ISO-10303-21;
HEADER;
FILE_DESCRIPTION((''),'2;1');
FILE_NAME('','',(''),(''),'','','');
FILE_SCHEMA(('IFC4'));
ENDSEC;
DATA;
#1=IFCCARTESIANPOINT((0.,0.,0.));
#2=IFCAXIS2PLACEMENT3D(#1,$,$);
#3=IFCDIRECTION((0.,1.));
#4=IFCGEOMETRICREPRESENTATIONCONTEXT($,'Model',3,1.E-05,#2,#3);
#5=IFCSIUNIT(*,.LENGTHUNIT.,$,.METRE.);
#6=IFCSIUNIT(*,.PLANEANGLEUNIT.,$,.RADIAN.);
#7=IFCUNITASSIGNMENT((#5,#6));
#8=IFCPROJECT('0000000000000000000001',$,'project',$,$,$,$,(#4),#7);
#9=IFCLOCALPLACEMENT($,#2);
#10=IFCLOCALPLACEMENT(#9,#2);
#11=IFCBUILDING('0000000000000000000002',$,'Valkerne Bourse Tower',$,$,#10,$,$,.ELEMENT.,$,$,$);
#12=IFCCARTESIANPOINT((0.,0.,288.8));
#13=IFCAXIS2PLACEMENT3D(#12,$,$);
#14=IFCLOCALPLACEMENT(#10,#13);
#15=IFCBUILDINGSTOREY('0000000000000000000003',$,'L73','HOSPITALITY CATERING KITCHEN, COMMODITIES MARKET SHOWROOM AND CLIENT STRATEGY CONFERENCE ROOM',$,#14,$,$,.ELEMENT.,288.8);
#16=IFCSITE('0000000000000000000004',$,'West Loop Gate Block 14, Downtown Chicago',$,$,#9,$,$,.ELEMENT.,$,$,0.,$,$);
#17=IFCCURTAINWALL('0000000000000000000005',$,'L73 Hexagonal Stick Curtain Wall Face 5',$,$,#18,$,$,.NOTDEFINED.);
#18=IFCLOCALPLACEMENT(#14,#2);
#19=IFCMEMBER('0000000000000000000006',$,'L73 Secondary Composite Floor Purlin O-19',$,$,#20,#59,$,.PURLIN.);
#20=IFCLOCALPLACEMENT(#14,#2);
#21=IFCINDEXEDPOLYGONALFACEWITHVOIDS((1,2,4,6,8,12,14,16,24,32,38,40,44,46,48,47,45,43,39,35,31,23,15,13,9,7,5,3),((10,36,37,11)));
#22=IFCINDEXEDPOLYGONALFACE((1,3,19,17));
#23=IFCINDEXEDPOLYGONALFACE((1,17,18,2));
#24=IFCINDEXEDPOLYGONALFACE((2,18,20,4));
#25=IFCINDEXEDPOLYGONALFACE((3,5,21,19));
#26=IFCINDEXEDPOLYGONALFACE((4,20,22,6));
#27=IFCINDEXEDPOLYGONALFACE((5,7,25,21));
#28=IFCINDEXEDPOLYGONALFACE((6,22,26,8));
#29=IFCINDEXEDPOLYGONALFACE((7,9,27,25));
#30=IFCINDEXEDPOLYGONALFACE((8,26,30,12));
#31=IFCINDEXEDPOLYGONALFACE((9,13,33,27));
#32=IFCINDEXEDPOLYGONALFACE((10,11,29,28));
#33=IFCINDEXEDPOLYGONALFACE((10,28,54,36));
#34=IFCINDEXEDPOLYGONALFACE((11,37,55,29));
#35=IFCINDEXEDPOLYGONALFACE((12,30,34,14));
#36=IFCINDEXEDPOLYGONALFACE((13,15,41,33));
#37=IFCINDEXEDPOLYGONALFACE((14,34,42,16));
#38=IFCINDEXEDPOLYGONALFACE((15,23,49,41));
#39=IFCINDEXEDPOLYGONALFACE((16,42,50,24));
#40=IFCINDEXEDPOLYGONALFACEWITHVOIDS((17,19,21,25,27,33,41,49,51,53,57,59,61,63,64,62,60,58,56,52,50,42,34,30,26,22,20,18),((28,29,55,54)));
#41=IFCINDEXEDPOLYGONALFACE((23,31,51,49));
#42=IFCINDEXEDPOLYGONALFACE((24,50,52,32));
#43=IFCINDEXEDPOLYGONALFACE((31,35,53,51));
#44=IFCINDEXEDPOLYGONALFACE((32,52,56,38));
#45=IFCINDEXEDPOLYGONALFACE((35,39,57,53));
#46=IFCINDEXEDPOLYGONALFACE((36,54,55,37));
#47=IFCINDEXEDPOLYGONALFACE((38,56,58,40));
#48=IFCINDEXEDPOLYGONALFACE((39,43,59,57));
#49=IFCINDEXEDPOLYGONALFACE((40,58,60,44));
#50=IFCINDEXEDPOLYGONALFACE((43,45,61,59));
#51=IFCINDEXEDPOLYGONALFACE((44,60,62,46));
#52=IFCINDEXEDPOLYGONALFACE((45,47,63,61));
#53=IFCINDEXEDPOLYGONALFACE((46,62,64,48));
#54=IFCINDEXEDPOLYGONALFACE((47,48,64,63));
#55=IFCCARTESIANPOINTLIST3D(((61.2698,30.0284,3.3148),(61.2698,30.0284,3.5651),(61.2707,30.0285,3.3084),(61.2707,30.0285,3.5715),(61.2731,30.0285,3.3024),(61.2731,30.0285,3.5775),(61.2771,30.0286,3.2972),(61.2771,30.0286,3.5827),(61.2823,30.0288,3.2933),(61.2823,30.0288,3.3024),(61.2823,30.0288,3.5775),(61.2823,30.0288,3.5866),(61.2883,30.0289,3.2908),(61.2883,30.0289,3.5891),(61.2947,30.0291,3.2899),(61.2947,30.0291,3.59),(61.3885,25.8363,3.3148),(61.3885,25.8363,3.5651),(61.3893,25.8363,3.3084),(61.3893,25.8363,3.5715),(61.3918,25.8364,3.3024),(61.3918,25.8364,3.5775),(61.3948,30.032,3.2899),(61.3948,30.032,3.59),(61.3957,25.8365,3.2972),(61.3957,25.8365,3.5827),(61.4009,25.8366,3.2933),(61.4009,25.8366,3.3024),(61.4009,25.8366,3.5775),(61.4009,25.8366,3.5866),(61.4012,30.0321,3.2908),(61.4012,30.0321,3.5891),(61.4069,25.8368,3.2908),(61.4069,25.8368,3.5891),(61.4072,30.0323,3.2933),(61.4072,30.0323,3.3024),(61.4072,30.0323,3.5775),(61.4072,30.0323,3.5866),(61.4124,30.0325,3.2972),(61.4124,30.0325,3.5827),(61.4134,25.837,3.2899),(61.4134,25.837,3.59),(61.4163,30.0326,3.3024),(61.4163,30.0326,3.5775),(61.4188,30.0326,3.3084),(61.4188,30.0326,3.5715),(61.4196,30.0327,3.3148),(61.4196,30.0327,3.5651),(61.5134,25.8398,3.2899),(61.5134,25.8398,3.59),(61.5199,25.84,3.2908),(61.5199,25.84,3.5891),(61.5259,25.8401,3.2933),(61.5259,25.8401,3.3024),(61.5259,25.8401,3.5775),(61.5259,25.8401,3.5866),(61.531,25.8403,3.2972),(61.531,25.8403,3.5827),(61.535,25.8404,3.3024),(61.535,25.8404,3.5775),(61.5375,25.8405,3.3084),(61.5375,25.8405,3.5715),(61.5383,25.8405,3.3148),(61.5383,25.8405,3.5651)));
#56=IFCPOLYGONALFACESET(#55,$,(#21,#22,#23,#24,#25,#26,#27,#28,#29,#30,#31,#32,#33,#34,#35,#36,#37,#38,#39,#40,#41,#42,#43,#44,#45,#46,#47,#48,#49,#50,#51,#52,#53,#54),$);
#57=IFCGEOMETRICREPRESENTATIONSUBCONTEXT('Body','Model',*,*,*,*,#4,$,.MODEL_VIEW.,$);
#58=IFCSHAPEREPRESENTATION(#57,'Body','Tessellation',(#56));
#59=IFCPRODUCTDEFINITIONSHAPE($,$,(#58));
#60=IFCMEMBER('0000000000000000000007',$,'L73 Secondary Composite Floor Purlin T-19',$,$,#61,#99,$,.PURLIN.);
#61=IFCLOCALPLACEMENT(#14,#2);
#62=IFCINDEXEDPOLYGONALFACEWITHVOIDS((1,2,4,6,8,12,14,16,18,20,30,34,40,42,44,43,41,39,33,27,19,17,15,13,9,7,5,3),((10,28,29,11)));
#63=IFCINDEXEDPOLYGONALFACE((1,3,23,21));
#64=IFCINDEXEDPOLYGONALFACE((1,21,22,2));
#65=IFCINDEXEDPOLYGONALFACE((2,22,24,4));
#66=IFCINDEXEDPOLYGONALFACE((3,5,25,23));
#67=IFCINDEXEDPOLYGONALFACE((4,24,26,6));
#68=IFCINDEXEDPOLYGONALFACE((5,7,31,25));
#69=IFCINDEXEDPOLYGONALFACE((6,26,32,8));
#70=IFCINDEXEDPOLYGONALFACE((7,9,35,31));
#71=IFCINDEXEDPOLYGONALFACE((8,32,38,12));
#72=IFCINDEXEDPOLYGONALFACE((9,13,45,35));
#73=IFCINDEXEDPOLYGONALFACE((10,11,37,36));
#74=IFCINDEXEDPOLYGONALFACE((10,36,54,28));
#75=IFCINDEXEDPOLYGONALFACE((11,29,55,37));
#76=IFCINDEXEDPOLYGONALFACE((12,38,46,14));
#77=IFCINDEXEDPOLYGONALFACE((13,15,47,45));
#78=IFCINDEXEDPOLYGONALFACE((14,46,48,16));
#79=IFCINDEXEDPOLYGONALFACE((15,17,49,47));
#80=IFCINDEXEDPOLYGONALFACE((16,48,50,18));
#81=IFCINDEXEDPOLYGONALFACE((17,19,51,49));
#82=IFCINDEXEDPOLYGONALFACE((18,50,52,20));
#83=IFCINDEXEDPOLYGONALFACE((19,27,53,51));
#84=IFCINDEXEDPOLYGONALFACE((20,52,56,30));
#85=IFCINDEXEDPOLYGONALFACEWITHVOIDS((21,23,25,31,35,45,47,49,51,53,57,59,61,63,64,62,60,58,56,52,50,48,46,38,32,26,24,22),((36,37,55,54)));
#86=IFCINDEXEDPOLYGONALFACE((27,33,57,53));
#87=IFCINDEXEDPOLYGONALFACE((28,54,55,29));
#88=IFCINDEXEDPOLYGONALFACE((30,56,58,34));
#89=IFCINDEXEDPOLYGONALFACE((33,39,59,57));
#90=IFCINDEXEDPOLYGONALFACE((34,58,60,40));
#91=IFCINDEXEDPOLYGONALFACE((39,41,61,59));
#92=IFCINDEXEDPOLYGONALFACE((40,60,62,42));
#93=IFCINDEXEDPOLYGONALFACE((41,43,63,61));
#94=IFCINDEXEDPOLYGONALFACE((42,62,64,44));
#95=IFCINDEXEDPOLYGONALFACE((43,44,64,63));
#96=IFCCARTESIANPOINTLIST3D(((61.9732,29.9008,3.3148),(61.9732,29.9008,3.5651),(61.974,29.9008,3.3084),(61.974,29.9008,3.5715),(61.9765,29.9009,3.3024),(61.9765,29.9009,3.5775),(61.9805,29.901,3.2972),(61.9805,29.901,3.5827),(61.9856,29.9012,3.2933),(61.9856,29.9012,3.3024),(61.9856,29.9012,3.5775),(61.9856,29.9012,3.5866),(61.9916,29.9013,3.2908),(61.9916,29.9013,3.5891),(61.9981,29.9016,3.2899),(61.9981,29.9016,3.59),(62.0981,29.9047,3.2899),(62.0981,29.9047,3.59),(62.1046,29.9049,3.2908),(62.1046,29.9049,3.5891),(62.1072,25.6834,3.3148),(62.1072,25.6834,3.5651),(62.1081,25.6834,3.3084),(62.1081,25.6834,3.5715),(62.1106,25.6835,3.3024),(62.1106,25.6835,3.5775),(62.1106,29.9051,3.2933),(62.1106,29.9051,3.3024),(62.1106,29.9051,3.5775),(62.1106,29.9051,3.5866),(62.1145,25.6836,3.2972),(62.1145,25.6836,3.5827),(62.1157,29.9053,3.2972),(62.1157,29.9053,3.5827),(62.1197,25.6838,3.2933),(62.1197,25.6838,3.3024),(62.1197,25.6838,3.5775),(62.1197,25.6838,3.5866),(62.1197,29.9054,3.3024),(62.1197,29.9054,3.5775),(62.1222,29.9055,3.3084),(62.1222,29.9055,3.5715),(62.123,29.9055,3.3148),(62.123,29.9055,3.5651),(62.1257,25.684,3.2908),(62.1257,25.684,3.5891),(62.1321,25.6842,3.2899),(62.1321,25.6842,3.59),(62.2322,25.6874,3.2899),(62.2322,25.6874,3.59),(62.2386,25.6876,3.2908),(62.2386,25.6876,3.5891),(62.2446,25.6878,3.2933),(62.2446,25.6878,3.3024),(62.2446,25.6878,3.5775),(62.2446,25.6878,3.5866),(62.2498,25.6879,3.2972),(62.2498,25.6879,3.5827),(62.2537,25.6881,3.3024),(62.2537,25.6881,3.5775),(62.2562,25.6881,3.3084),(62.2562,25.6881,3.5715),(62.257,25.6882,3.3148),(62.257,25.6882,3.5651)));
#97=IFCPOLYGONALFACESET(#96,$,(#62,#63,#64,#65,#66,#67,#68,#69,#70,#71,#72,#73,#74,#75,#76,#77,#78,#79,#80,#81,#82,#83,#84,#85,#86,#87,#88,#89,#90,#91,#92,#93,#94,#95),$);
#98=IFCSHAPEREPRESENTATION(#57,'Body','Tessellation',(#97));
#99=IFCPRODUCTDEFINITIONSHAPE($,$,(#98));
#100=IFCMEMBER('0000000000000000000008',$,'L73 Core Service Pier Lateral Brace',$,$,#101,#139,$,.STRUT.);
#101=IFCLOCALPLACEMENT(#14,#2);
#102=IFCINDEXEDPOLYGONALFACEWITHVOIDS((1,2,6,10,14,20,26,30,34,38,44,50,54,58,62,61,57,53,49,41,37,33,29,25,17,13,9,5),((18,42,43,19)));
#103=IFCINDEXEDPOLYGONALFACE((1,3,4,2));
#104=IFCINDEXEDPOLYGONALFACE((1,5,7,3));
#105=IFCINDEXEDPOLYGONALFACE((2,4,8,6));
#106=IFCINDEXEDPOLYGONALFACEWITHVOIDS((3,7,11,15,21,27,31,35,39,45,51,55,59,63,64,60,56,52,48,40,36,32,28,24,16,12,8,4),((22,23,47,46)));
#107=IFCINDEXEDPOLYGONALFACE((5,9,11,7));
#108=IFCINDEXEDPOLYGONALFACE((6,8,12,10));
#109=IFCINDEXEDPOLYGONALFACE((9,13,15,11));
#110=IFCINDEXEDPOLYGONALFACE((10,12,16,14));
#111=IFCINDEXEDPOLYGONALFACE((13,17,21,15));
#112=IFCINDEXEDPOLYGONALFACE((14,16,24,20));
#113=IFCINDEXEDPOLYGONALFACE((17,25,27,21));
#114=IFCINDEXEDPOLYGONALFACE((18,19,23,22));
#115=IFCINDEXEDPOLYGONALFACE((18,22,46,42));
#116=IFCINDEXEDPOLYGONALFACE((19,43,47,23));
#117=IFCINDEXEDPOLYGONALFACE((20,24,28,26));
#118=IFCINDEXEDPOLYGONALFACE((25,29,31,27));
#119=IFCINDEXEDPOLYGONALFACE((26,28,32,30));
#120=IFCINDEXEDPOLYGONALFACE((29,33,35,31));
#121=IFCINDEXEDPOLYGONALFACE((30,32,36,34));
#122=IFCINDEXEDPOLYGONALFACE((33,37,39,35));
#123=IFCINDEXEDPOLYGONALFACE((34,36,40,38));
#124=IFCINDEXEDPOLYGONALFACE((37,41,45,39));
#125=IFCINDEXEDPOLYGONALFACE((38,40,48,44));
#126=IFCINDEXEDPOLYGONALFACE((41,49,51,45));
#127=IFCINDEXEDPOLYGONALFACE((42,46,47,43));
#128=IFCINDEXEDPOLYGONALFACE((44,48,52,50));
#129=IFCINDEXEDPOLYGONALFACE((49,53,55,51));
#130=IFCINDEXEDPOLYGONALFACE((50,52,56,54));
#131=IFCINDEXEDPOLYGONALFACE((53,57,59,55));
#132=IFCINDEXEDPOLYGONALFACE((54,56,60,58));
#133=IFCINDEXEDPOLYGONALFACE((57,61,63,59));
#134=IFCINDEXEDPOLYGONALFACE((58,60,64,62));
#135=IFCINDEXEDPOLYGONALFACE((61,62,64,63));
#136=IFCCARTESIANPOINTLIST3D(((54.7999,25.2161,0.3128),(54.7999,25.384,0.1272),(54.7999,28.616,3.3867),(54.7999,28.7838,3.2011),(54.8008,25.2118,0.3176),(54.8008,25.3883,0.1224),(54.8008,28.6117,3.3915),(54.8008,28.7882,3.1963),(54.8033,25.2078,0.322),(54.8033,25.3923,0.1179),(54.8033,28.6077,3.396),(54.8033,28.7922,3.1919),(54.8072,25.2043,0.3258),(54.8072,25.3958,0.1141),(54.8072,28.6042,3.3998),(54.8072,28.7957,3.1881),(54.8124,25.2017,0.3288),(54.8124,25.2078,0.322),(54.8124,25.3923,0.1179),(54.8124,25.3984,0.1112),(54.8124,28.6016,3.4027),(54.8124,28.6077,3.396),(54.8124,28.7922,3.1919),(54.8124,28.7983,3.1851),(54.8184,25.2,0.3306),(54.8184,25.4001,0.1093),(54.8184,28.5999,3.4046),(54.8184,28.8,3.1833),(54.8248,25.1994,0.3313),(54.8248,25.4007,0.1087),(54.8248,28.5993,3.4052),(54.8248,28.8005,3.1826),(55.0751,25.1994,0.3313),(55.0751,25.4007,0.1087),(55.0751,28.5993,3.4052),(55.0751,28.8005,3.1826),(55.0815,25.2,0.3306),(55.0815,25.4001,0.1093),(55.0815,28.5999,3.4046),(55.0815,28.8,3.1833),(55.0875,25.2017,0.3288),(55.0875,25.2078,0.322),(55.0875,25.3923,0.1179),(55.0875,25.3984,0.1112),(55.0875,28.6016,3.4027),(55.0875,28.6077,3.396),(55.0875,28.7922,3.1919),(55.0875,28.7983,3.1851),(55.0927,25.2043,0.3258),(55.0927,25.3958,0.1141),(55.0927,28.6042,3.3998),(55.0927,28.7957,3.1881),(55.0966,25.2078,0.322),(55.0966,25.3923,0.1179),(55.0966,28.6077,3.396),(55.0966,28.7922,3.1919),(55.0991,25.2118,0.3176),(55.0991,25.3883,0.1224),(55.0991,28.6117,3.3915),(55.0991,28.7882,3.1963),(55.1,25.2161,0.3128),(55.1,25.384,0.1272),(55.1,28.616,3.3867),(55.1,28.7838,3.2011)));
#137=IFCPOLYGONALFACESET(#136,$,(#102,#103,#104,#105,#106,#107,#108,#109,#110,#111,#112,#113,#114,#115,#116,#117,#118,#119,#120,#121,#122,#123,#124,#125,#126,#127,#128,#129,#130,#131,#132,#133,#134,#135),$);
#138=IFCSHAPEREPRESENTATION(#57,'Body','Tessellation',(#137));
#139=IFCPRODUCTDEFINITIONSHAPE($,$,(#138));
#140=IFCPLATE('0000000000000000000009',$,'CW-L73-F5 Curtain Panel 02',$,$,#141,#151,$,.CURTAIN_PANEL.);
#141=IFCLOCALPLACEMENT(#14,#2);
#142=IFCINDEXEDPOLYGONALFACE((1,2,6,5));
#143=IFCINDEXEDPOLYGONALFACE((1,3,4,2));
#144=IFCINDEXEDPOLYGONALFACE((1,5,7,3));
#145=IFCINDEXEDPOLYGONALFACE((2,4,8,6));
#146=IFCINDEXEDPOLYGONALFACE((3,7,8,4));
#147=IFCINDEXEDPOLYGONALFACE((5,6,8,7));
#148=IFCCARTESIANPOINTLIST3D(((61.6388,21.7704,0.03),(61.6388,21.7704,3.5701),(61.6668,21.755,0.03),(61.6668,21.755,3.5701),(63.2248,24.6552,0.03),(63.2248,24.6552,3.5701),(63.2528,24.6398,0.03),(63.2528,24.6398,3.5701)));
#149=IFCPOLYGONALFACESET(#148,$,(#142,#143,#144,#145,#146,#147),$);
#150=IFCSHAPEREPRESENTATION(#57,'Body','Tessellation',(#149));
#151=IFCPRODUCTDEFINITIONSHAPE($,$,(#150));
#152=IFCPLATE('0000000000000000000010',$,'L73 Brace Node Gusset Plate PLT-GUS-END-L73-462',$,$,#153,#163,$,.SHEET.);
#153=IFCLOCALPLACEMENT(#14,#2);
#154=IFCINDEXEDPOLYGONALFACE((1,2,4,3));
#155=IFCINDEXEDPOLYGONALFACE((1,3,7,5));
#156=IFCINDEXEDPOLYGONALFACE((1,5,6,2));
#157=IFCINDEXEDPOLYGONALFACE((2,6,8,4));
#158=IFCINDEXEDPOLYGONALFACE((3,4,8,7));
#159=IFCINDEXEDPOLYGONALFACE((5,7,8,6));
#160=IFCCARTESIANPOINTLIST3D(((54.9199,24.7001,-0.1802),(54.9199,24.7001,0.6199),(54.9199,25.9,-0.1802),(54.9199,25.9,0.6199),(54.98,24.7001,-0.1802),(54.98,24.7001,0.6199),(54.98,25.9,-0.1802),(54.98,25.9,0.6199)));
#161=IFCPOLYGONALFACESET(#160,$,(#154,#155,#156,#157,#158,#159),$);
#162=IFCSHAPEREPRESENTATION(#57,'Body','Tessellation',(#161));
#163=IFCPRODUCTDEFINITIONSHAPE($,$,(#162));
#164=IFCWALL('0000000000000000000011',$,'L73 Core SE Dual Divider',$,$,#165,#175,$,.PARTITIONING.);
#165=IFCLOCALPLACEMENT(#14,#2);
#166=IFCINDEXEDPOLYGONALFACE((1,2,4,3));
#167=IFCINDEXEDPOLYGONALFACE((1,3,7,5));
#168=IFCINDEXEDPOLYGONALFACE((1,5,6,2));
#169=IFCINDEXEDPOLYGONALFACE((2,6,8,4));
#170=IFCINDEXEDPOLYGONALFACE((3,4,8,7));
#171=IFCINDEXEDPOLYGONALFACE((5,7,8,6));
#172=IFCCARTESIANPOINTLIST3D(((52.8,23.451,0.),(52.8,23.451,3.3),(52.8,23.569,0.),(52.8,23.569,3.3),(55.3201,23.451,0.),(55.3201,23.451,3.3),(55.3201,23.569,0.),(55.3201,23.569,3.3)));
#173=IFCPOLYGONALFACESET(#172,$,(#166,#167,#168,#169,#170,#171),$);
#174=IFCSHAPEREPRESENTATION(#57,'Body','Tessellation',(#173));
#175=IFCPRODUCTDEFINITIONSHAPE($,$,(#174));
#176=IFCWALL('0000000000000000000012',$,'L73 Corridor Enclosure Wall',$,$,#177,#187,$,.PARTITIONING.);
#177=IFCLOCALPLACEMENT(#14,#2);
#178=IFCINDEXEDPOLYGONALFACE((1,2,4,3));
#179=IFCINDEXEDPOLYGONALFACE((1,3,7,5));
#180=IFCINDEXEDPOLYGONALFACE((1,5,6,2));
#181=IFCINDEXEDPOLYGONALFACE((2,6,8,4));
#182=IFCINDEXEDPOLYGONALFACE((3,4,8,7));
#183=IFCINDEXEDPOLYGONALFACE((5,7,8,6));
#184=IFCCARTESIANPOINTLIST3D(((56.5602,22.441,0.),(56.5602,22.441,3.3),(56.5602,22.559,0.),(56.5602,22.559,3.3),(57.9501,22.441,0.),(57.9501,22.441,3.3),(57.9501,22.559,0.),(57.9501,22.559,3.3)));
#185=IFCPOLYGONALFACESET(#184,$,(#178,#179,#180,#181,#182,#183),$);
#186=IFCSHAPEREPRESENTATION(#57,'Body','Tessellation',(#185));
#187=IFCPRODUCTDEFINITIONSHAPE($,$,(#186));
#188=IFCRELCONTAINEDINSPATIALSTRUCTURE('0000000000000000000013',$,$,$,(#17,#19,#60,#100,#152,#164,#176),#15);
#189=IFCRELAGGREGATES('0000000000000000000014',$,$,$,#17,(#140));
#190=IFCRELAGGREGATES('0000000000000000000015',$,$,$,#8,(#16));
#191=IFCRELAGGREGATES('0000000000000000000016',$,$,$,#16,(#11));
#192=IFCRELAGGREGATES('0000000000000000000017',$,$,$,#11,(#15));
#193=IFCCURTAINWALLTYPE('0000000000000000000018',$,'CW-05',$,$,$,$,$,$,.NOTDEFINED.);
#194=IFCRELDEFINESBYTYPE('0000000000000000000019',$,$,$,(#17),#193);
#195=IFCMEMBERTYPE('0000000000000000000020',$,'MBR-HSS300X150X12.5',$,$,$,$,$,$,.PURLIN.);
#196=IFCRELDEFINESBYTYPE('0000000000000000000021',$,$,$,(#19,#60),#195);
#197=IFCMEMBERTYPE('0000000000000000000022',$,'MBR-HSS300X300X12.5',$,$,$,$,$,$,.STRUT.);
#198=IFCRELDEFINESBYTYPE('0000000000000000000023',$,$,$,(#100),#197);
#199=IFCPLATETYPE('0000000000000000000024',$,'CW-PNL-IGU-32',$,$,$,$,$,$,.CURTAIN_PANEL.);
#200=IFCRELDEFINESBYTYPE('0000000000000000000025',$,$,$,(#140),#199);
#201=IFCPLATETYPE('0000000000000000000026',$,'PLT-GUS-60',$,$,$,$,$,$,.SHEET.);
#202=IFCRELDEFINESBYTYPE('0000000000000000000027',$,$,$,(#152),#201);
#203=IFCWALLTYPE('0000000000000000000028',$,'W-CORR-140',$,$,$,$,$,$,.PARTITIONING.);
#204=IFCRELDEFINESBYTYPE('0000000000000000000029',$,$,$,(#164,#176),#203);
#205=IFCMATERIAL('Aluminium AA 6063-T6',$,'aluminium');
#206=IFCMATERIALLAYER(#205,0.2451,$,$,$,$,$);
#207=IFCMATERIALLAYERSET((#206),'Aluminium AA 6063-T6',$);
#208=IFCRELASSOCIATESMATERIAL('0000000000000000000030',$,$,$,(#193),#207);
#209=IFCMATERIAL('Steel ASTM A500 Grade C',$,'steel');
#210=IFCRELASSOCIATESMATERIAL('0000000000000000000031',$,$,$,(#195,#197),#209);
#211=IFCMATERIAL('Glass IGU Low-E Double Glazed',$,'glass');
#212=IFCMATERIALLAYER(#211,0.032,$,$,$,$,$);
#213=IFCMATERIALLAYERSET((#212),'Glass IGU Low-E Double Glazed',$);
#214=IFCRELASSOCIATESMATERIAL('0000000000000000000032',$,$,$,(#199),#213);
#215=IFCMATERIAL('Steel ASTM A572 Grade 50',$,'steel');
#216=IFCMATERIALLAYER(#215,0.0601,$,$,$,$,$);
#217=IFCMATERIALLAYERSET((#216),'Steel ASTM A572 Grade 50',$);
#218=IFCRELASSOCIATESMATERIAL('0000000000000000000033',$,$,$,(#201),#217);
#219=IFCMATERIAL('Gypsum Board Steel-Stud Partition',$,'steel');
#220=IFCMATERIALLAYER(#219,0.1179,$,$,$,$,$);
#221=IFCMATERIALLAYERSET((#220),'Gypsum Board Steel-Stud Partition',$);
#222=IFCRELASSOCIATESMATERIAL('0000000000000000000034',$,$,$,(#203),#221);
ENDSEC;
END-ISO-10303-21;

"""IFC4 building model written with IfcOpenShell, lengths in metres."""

from ifc_helpers import new_model, si_unit, direction, frame, frame_2d, origin, origin_2d, place, context, subcontext, project, spatial, rectangle, hollow_rectangle, extrude, material, layer, layer_set, material_profile, profile_set, type_object, element, aggregate, save


model = new_model("IFC4")

# Units and contexts
model_context = context("Model", 3, precision=1e-05, world=origin(), true_north=direction((0.0, 1.0)))
body_context = subcontext(model_context, "Body", "Model", "MODEL_VIEW")
ifc_project = project(units=[si_unit("LENGTHUNIT", "METRE"), si_unit("PLANEANGLEUNIT", "RADIAN")], contexts=[model_context])

# Site, building, storey
site_placement = place(None, origin())
site = spatial("IfcSite", under=ifc_project, at=site_placement, Name="West Loop Gate Block 14, Downtown Chicago", CompositionType="ELEMENT", RefElevation=0.0)
building_placement = place(site_placement, origin())
building = spatial("IfcBuilding", under=site, at=building_placement, Name="Valkerne Bourse Tower", CompositionType="ELEMENT")
storey_placement = place(building_placement, frame((0.0, 0.0, 288.8)))
storey = spatial("IfcBuildingStorey", under=building, at=storey_placement, Name="L73", Description="HOSPITALITY CATERING KITCHEN, COMMODITIES MARKET SHOWROOM AND CLIENT STRATEGY CONFERENCE ROOM", CompositionType="ELEMENT", Elevation=288.8)

# Shared definitions
ifc_material_1 = material(Name="Steel ASTM A500 Grade C", Category="steel")

# Curtain wall
ifc_material_2 = material(Name="Aluminium AA 6063-T6", Category="aluminium")
ifc_layer_1 = layer(ifc_material_2, 0.2451)
ifc_layer_set_1 = layer_set([ifc_layer_1], Name="Aluminium AA 6063-T6")
curtain_wall_type = type_object("IfcCurtainWallType", Name="CW-05", PredefinedType="NOTDEFINED", material=ifc_layer_set_1)
curtain_wall_placement = place(storey_placement, origin())
curtain_wall = element("IfcCurtainWall", 1, at=curtain_wall_placement, inside=storey, type_object=curtain_wall_type, Name="L73 Hexagonal Stick Curtain Wall Face 5", PredefinedType="NOTDEFINED")

# Members
ifc_material_profile_1 = material_profile(ifc_material_1, hollow_rectangle(XDim=0.1499, YDim=0.3, WallThickness=0.0125, OuterFilletRadius=0.0249, at=origin_2d()), Name="HSS300X150X12.5")
ifc_profile_set_1 = profile_set([ifc_material_profile_1], Name="Steel ASTM A500 Grade C")
member_type_1 = type_object("IfcMemberType", Name="MBR-HSS300X150X12.5", PredefinedType="PURLIN", material=ifc_profile_set_1)
member_1_placement = place(storey_placement, frame((61.4634, 25.8384, 3.4399), z_axis=(-0.028292, 0.9996, 0.0), x_axis=(-0.9996, -0.028292, 0.0)))
element("IfcMember", 2, at=member_1_placement, inside=storey, type_object=member_type_1, Name="L73 Secondary Composite Floor Purlin O-19", PredefinedType="PURLIN", context=body_context, shape_type="SweptSolid", body=[
    extrude(hollow_rectangle(XDim=0.1499, YDim=0.3, WallThickness=0.0125, OuterFilletRadius=0.0249, at=origin_2d()), origin(), (0.0, 0.0, 1.0), 4.1938),
])
member_2_placement = place(storey_placement, frame((62.1821, 25.6858, 3.4399), z_axis=(-0.031766, 0.999495, 0.0), x_axis=(-0.999495, -0.031766, 0.0)))
element("IfcMember", 3, at=member_2_placement, inside=storey, type_object=member_type_1, Name="L73 Secondary Composite Floor Purlin T-19", PredefinedType="PURLIN", context=body_context, shape_type="SweptSolid", body=[
    extrude(hollow_rectangle(XDim=0.1499, YDim=0.3, WallThickness=0.0125, OuterFilletRadius=0.0249, at=origin_2d()), origin(), (0.0, 0.0, 1.0), 4.2195),
])
ifc_material_profile_2 = material_profile(ifc_material_1, hollow_rectangle(XDim=0.3, YDim=0.3, WallThickness=0.0125, OuterFilletRadius=0.0249, at=origin_2d()), Name="HSS300X300X12.5")
ifc_profile_set_2 = profile_set([ifc_material_profile_2], Name="Steel ASTM A500 Grade C")
member_type_2 = type_object("IfcMemberType", Name="MBR-HSS300X300X12.5", PredefinedType="STRUT", material=ifc_profile_set_2)
member_3_placement = place(storey_placement, frame((54.95, 25.3, 0.22), z_axis=(0.0, 0.741767, 0.670658), x_axis=(-1.0, 0.0, 0.0)))
element("IfcMember", 4, at=member_3_placement, inside=storey, type_object=member_type_2, Name="L73 Core Service Pier Lateral Brace", PredefinedType="STRUT", context=body_context, shape_type="SweptSolid", body=[
    extrude(hollow_rectangle(XDim=0.3, YDim=0.3, WallThickness=0.0125, OuterFilletRadius=0.0249, at=origin_2d()), origin(), (0.0, 0.0, 1.0), 4.5835),
])

# Plates
ifc_material_3 = material(Name="Glass IGU Low-E Double Glazed", Category="glass")
ifc_layer_2 = layer(ifc_material_3, 0.032)
ifc_layer_set_2 = layer_set([ifc_layer_2], Name="Glass IGU Low-E Double Glazed")
plate_type_1 = type_object("IfcPlateType", Name="CW-PNL-IGU-32", PredefinedType="CURTAIN_PANEL", material=ifc_layer_set_2)
plate_1_placement = place(storey_placement, frame((62.4458, 23.2051, 0.03), z_axis=(0.0, 0.0, 1.0), x_axis=(0.481764, 0.876301, 0.0)))
plate_1 = element("IfcPlate", 5, at=plate_1_placement, type_object=plate_type_1, Name="CW-L73-F5 Curtain Panel 02", PredefinedType="CURTAIN_PANEL", context=body_context, shape_type="SweptSolid", body=[
    extrude(rectangle(XDim=3.292, YDim=0.032, at=origin_2d()), origin(), (0.0, 0.0, 1.0), 3.54),
])
aggregate(curtain_wall, [plate_1])
ifc_material_4 = material(Name="Steel ASTM A572 Grade 50", Category="steel")
ifc_layer_3 = layer(ifc_material_4, 0.0601)
ifc_layer_set_3 = layer_set([ifc_layer_3], Name="Steel ASTM A572 Grade 50")
plate_type_2 = type_object("IfcPlateType", Name="PLT-GUS-60", PredefinedType="SHEET", material=ifc_layer_set_3)
plate_2_placement = place(storey_placement, frame((54.95, 25.3, -0.1802), z_axis=(0.0, 0.0, 1.0), x_axis=(0.0, 1.0, 0.0)))
element("IfcPlate", 6, at=plate_2_placement, inside=storey, type_object=plate_type_2, Name="L73 Brace Node Gusset Plate PLT-GUS-END-L73-462", PredefinedType="SHEET", context=body_context, shape_type="SweptSolid", body=[
    extrude(rectangle(XDim=1.2, YDim=0.0601, at=origin_2d()), origin(), (0.0, 0.0, 1.0), 0.8),
])

# Walls
ifc_material_5 = material(Name="Gypsum Board Steel-Stud Partition", Category="steel")
ifc_layer_4 = layer(ifc_material_5, 0.1179)
ifc_layer_set_4 = layer_set([ifc_layer_4], Name="Gypsum Board Steel-Stud Partition")
wall_type_1 = type_object("IfcWallType", Name="W-CORR-140", PredefinedType="PARTITIONING", material=ifc_layer_set_4)
wall_1_placement = place(storey_placement, frame((52.8, 23.51, 0.0), z_axis=(0.0, 0.0, 1.0), x_axis=(1.0, 0.0, 0.0)))
element("IfcWall", 7, at=wall_1_placement, inside=storey, type_object=wall_type_1, Name="L73 Core SE Dual Divider", PredefinedType="PARTITIONING", context=body_context, shape_type="SweptSolid", body=[
    extrude(rectangle(XDim=2.52, YDim=0.1179, at=frame_2d((1.26, 0.0))), origin(), (0.0, 0.0, 1.0), 3.3),
])
wall_2_placement = place(storey_placement, frame((57.95, 22.5, 0.0), z_axis=(0.0, 0.0, 1.0), x_axis=(-1.0, 0.0, 0.0)))
element("IfcWall", 8, at=wall_2_placement, inside=storey, type_object=wall_type_1, Name="L73 Corridor Enclosure Wall", PredefinedType="PARTITIONING", context=body_context, shape_type="SweptSolid", body=[
    extrude(rectangle(XDim=1.3899, YDim=0.1179, at=frame_2d((0.6948, 0.0))), origin(), (0.0, 0.0, 1.0), 3.3),
])

save(model, "model.ifc")
